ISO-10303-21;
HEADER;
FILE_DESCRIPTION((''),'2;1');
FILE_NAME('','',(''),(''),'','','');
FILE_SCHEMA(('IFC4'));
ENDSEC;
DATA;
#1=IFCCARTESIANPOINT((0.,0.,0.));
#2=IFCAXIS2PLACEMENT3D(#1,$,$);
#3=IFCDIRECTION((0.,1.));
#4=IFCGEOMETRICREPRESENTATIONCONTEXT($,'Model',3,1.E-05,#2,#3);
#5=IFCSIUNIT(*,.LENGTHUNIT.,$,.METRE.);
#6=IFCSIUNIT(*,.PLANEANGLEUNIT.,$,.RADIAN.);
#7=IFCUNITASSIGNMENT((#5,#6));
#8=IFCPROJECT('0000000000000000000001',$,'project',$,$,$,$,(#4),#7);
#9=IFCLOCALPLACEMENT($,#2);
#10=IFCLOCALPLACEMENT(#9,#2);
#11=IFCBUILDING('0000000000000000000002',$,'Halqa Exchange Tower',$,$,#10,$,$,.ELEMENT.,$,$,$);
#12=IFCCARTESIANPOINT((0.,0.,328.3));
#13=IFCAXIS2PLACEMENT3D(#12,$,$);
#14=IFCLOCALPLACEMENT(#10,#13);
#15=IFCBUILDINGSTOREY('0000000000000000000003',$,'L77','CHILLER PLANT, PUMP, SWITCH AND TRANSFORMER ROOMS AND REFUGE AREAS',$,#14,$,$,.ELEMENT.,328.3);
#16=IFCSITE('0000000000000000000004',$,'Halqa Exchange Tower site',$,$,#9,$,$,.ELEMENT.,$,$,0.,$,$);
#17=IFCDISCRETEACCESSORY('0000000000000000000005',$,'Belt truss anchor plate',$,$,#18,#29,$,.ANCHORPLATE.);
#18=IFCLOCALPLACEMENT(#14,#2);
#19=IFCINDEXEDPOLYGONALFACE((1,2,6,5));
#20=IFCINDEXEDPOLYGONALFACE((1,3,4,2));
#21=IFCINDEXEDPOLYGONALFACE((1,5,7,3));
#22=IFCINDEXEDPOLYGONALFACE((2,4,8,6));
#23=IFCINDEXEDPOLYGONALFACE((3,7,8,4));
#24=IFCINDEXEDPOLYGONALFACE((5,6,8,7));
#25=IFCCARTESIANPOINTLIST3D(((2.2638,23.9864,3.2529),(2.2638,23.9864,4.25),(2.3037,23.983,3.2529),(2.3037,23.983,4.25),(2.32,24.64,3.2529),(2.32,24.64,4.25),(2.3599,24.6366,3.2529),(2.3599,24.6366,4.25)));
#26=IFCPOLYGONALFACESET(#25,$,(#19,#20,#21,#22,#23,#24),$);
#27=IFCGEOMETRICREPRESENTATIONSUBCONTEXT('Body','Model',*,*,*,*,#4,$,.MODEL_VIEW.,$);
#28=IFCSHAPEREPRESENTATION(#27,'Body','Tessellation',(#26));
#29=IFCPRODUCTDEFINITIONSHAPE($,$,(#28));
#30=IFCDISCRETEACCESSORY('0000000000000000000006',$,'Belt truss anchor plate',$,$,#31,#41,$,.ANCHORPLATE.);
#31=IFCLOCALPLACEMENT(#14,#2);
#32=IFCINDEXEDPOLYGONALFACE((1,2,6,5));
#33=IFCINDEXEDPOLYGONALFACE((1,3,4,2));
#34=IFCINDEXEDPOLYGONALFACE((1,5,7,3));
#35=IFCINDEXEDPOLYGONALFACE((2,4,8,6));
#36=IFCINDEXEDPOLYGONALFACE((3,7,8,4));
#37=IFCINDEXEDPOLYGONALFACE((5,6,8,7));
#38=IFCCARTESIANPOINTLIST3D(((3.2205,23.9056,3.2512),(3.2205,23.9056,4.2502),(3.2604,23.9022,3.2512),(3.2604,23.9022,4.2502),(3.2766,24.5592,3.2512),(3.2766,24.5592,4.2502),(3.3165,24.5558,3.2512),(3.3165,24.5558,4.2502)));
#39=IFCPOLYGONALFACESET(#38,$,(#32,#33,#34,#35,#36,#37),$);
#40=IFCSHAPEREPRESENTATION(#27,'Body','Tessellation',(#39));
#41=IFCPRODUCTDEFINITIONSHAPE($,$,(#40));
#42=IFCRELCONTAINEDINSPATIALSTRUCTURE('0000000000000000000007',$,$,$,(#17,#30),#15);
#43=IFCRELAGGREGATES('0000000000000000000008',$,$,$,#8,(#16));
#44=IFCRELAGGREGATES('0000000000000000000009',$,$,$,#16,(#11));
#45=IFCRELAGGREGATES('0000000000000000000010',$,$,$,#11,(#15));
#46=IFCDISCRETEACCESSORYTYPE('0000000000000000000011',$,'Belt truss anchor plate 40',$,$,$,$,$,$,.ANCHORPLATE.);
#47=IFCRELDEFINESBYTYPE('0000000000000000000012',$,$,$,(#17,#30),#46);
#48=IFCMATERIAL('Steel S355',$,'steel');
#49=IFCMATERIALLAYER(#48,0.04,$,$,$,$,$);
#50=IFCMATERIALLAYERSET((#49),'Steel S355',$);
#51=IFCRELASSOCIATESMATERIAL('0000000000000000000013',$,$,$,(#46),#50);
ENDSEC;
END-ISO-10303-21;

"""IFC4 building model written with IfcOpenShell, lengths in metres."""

from ifc_helpers import new_model, si_unit, direction, frame, origin, origin_2d, place, context, subcontext, project, spatial, rectangle, extrude, material, layer, layer_set, type_object, element, save


model = new_model("IFC4")

# Units and contexts
model_context = context("Model", 3, precision=1e-05, world=origin(), true_north=direction((0.0, 1.0)))
body_context = subcontext(model_context, "Body", "Model", "MODEL_VIEW")
ifc_project = project(units=[si_unit("LENGTHUNIT", "METRE"), si_unit("PLANEANGLEUNIT", "RADIAN")], contexts=[model_context])

# Site, building, storey
site_placement = place(None, origin())
site = spatial("IfcSite", under=ifc_project, at=site_placement, Name="Halqa Exchange Tower site", CompositionType="ELEMENT", RefElevation=0.0)
building_placement = place(site_placement, origin())
building = spatial("IfcBuilding", under=site, at=building_placement, Name="Halqa Exchange Tower", CompositionType="ELEMENT")
storey_placement = place(building_placement, frame((0.0, 0.0, 328.3)))
storey = spatial("IfcBuildingStorey", under=building, at=storey_placement, Name="L77", Description="CHILLER PLANT, PUMP, SWITCH AND TRANSFORMER ROOMS AND REFUGE AREAS", CompositionType="ELEMENT", Elevation=328.3)

# Shared definitions
ifc_material_1 = material(Name="Steel S355", Category="steel")

# Discrete accessories
ifc_layer_1 = layer(ifc_material_1, 0.04)
ifc_layer_set_1 = layer_set([ifc_layer_1], Name="Steel S355")
discrete_accessory_type = type_object("IfcDiscreteAccessoryType", Name="Belt truss anchor plate 40", PredefinedType="ANCHORPLATE", material=ifc_layer_set_1)
discrete_accessory_1_placement = place(storey_placement, frame((2.3318, 24.3098, 3.7515), z_axis=(-0.996332, 0.085575, 0.0), x_axis=(-0.085575, -0.996332, 0.0)))
element("IfcDiscreteAccessory", 1, at=discrete_accessory_1_placement, inside=storey, type_object=discrete_accessory_type, Name="Belt truss anchor plate", PredefinedType="ANCHORPLATE", context=body_context, shape_type="SweptSolid", body=[
    extrude(rectangle(XDim=0.656, YDim=0.9971, at=origin_2d()), origin(), (0.0, 0.0, 1.0), 0.04),
])
discrete_accessory_2_placement = place(storey_placement, frame((3.2485, 24.2324, 3.7507), z_axis=(0.996332, -0.085575, 0.0), x_axis=(0.085575, 0.996332, 0.0)))
element("IfcDiscreteAccessory", 2, at=discrete_accessory_2_placement, inside=storey, type_object=discrete_accessory_type, Name="Belt truss anchor plate", PredefinedType="ANCHORPLATE", context=body_context, shape_type="SweptSolid", body=[
    extrude(rectangle(XDim=0.656, YDim=0.999, at=origin_2d()), origin(), (0.0, 0.0, 1.0), 0.04),
])

save(model, "model.ifc")
